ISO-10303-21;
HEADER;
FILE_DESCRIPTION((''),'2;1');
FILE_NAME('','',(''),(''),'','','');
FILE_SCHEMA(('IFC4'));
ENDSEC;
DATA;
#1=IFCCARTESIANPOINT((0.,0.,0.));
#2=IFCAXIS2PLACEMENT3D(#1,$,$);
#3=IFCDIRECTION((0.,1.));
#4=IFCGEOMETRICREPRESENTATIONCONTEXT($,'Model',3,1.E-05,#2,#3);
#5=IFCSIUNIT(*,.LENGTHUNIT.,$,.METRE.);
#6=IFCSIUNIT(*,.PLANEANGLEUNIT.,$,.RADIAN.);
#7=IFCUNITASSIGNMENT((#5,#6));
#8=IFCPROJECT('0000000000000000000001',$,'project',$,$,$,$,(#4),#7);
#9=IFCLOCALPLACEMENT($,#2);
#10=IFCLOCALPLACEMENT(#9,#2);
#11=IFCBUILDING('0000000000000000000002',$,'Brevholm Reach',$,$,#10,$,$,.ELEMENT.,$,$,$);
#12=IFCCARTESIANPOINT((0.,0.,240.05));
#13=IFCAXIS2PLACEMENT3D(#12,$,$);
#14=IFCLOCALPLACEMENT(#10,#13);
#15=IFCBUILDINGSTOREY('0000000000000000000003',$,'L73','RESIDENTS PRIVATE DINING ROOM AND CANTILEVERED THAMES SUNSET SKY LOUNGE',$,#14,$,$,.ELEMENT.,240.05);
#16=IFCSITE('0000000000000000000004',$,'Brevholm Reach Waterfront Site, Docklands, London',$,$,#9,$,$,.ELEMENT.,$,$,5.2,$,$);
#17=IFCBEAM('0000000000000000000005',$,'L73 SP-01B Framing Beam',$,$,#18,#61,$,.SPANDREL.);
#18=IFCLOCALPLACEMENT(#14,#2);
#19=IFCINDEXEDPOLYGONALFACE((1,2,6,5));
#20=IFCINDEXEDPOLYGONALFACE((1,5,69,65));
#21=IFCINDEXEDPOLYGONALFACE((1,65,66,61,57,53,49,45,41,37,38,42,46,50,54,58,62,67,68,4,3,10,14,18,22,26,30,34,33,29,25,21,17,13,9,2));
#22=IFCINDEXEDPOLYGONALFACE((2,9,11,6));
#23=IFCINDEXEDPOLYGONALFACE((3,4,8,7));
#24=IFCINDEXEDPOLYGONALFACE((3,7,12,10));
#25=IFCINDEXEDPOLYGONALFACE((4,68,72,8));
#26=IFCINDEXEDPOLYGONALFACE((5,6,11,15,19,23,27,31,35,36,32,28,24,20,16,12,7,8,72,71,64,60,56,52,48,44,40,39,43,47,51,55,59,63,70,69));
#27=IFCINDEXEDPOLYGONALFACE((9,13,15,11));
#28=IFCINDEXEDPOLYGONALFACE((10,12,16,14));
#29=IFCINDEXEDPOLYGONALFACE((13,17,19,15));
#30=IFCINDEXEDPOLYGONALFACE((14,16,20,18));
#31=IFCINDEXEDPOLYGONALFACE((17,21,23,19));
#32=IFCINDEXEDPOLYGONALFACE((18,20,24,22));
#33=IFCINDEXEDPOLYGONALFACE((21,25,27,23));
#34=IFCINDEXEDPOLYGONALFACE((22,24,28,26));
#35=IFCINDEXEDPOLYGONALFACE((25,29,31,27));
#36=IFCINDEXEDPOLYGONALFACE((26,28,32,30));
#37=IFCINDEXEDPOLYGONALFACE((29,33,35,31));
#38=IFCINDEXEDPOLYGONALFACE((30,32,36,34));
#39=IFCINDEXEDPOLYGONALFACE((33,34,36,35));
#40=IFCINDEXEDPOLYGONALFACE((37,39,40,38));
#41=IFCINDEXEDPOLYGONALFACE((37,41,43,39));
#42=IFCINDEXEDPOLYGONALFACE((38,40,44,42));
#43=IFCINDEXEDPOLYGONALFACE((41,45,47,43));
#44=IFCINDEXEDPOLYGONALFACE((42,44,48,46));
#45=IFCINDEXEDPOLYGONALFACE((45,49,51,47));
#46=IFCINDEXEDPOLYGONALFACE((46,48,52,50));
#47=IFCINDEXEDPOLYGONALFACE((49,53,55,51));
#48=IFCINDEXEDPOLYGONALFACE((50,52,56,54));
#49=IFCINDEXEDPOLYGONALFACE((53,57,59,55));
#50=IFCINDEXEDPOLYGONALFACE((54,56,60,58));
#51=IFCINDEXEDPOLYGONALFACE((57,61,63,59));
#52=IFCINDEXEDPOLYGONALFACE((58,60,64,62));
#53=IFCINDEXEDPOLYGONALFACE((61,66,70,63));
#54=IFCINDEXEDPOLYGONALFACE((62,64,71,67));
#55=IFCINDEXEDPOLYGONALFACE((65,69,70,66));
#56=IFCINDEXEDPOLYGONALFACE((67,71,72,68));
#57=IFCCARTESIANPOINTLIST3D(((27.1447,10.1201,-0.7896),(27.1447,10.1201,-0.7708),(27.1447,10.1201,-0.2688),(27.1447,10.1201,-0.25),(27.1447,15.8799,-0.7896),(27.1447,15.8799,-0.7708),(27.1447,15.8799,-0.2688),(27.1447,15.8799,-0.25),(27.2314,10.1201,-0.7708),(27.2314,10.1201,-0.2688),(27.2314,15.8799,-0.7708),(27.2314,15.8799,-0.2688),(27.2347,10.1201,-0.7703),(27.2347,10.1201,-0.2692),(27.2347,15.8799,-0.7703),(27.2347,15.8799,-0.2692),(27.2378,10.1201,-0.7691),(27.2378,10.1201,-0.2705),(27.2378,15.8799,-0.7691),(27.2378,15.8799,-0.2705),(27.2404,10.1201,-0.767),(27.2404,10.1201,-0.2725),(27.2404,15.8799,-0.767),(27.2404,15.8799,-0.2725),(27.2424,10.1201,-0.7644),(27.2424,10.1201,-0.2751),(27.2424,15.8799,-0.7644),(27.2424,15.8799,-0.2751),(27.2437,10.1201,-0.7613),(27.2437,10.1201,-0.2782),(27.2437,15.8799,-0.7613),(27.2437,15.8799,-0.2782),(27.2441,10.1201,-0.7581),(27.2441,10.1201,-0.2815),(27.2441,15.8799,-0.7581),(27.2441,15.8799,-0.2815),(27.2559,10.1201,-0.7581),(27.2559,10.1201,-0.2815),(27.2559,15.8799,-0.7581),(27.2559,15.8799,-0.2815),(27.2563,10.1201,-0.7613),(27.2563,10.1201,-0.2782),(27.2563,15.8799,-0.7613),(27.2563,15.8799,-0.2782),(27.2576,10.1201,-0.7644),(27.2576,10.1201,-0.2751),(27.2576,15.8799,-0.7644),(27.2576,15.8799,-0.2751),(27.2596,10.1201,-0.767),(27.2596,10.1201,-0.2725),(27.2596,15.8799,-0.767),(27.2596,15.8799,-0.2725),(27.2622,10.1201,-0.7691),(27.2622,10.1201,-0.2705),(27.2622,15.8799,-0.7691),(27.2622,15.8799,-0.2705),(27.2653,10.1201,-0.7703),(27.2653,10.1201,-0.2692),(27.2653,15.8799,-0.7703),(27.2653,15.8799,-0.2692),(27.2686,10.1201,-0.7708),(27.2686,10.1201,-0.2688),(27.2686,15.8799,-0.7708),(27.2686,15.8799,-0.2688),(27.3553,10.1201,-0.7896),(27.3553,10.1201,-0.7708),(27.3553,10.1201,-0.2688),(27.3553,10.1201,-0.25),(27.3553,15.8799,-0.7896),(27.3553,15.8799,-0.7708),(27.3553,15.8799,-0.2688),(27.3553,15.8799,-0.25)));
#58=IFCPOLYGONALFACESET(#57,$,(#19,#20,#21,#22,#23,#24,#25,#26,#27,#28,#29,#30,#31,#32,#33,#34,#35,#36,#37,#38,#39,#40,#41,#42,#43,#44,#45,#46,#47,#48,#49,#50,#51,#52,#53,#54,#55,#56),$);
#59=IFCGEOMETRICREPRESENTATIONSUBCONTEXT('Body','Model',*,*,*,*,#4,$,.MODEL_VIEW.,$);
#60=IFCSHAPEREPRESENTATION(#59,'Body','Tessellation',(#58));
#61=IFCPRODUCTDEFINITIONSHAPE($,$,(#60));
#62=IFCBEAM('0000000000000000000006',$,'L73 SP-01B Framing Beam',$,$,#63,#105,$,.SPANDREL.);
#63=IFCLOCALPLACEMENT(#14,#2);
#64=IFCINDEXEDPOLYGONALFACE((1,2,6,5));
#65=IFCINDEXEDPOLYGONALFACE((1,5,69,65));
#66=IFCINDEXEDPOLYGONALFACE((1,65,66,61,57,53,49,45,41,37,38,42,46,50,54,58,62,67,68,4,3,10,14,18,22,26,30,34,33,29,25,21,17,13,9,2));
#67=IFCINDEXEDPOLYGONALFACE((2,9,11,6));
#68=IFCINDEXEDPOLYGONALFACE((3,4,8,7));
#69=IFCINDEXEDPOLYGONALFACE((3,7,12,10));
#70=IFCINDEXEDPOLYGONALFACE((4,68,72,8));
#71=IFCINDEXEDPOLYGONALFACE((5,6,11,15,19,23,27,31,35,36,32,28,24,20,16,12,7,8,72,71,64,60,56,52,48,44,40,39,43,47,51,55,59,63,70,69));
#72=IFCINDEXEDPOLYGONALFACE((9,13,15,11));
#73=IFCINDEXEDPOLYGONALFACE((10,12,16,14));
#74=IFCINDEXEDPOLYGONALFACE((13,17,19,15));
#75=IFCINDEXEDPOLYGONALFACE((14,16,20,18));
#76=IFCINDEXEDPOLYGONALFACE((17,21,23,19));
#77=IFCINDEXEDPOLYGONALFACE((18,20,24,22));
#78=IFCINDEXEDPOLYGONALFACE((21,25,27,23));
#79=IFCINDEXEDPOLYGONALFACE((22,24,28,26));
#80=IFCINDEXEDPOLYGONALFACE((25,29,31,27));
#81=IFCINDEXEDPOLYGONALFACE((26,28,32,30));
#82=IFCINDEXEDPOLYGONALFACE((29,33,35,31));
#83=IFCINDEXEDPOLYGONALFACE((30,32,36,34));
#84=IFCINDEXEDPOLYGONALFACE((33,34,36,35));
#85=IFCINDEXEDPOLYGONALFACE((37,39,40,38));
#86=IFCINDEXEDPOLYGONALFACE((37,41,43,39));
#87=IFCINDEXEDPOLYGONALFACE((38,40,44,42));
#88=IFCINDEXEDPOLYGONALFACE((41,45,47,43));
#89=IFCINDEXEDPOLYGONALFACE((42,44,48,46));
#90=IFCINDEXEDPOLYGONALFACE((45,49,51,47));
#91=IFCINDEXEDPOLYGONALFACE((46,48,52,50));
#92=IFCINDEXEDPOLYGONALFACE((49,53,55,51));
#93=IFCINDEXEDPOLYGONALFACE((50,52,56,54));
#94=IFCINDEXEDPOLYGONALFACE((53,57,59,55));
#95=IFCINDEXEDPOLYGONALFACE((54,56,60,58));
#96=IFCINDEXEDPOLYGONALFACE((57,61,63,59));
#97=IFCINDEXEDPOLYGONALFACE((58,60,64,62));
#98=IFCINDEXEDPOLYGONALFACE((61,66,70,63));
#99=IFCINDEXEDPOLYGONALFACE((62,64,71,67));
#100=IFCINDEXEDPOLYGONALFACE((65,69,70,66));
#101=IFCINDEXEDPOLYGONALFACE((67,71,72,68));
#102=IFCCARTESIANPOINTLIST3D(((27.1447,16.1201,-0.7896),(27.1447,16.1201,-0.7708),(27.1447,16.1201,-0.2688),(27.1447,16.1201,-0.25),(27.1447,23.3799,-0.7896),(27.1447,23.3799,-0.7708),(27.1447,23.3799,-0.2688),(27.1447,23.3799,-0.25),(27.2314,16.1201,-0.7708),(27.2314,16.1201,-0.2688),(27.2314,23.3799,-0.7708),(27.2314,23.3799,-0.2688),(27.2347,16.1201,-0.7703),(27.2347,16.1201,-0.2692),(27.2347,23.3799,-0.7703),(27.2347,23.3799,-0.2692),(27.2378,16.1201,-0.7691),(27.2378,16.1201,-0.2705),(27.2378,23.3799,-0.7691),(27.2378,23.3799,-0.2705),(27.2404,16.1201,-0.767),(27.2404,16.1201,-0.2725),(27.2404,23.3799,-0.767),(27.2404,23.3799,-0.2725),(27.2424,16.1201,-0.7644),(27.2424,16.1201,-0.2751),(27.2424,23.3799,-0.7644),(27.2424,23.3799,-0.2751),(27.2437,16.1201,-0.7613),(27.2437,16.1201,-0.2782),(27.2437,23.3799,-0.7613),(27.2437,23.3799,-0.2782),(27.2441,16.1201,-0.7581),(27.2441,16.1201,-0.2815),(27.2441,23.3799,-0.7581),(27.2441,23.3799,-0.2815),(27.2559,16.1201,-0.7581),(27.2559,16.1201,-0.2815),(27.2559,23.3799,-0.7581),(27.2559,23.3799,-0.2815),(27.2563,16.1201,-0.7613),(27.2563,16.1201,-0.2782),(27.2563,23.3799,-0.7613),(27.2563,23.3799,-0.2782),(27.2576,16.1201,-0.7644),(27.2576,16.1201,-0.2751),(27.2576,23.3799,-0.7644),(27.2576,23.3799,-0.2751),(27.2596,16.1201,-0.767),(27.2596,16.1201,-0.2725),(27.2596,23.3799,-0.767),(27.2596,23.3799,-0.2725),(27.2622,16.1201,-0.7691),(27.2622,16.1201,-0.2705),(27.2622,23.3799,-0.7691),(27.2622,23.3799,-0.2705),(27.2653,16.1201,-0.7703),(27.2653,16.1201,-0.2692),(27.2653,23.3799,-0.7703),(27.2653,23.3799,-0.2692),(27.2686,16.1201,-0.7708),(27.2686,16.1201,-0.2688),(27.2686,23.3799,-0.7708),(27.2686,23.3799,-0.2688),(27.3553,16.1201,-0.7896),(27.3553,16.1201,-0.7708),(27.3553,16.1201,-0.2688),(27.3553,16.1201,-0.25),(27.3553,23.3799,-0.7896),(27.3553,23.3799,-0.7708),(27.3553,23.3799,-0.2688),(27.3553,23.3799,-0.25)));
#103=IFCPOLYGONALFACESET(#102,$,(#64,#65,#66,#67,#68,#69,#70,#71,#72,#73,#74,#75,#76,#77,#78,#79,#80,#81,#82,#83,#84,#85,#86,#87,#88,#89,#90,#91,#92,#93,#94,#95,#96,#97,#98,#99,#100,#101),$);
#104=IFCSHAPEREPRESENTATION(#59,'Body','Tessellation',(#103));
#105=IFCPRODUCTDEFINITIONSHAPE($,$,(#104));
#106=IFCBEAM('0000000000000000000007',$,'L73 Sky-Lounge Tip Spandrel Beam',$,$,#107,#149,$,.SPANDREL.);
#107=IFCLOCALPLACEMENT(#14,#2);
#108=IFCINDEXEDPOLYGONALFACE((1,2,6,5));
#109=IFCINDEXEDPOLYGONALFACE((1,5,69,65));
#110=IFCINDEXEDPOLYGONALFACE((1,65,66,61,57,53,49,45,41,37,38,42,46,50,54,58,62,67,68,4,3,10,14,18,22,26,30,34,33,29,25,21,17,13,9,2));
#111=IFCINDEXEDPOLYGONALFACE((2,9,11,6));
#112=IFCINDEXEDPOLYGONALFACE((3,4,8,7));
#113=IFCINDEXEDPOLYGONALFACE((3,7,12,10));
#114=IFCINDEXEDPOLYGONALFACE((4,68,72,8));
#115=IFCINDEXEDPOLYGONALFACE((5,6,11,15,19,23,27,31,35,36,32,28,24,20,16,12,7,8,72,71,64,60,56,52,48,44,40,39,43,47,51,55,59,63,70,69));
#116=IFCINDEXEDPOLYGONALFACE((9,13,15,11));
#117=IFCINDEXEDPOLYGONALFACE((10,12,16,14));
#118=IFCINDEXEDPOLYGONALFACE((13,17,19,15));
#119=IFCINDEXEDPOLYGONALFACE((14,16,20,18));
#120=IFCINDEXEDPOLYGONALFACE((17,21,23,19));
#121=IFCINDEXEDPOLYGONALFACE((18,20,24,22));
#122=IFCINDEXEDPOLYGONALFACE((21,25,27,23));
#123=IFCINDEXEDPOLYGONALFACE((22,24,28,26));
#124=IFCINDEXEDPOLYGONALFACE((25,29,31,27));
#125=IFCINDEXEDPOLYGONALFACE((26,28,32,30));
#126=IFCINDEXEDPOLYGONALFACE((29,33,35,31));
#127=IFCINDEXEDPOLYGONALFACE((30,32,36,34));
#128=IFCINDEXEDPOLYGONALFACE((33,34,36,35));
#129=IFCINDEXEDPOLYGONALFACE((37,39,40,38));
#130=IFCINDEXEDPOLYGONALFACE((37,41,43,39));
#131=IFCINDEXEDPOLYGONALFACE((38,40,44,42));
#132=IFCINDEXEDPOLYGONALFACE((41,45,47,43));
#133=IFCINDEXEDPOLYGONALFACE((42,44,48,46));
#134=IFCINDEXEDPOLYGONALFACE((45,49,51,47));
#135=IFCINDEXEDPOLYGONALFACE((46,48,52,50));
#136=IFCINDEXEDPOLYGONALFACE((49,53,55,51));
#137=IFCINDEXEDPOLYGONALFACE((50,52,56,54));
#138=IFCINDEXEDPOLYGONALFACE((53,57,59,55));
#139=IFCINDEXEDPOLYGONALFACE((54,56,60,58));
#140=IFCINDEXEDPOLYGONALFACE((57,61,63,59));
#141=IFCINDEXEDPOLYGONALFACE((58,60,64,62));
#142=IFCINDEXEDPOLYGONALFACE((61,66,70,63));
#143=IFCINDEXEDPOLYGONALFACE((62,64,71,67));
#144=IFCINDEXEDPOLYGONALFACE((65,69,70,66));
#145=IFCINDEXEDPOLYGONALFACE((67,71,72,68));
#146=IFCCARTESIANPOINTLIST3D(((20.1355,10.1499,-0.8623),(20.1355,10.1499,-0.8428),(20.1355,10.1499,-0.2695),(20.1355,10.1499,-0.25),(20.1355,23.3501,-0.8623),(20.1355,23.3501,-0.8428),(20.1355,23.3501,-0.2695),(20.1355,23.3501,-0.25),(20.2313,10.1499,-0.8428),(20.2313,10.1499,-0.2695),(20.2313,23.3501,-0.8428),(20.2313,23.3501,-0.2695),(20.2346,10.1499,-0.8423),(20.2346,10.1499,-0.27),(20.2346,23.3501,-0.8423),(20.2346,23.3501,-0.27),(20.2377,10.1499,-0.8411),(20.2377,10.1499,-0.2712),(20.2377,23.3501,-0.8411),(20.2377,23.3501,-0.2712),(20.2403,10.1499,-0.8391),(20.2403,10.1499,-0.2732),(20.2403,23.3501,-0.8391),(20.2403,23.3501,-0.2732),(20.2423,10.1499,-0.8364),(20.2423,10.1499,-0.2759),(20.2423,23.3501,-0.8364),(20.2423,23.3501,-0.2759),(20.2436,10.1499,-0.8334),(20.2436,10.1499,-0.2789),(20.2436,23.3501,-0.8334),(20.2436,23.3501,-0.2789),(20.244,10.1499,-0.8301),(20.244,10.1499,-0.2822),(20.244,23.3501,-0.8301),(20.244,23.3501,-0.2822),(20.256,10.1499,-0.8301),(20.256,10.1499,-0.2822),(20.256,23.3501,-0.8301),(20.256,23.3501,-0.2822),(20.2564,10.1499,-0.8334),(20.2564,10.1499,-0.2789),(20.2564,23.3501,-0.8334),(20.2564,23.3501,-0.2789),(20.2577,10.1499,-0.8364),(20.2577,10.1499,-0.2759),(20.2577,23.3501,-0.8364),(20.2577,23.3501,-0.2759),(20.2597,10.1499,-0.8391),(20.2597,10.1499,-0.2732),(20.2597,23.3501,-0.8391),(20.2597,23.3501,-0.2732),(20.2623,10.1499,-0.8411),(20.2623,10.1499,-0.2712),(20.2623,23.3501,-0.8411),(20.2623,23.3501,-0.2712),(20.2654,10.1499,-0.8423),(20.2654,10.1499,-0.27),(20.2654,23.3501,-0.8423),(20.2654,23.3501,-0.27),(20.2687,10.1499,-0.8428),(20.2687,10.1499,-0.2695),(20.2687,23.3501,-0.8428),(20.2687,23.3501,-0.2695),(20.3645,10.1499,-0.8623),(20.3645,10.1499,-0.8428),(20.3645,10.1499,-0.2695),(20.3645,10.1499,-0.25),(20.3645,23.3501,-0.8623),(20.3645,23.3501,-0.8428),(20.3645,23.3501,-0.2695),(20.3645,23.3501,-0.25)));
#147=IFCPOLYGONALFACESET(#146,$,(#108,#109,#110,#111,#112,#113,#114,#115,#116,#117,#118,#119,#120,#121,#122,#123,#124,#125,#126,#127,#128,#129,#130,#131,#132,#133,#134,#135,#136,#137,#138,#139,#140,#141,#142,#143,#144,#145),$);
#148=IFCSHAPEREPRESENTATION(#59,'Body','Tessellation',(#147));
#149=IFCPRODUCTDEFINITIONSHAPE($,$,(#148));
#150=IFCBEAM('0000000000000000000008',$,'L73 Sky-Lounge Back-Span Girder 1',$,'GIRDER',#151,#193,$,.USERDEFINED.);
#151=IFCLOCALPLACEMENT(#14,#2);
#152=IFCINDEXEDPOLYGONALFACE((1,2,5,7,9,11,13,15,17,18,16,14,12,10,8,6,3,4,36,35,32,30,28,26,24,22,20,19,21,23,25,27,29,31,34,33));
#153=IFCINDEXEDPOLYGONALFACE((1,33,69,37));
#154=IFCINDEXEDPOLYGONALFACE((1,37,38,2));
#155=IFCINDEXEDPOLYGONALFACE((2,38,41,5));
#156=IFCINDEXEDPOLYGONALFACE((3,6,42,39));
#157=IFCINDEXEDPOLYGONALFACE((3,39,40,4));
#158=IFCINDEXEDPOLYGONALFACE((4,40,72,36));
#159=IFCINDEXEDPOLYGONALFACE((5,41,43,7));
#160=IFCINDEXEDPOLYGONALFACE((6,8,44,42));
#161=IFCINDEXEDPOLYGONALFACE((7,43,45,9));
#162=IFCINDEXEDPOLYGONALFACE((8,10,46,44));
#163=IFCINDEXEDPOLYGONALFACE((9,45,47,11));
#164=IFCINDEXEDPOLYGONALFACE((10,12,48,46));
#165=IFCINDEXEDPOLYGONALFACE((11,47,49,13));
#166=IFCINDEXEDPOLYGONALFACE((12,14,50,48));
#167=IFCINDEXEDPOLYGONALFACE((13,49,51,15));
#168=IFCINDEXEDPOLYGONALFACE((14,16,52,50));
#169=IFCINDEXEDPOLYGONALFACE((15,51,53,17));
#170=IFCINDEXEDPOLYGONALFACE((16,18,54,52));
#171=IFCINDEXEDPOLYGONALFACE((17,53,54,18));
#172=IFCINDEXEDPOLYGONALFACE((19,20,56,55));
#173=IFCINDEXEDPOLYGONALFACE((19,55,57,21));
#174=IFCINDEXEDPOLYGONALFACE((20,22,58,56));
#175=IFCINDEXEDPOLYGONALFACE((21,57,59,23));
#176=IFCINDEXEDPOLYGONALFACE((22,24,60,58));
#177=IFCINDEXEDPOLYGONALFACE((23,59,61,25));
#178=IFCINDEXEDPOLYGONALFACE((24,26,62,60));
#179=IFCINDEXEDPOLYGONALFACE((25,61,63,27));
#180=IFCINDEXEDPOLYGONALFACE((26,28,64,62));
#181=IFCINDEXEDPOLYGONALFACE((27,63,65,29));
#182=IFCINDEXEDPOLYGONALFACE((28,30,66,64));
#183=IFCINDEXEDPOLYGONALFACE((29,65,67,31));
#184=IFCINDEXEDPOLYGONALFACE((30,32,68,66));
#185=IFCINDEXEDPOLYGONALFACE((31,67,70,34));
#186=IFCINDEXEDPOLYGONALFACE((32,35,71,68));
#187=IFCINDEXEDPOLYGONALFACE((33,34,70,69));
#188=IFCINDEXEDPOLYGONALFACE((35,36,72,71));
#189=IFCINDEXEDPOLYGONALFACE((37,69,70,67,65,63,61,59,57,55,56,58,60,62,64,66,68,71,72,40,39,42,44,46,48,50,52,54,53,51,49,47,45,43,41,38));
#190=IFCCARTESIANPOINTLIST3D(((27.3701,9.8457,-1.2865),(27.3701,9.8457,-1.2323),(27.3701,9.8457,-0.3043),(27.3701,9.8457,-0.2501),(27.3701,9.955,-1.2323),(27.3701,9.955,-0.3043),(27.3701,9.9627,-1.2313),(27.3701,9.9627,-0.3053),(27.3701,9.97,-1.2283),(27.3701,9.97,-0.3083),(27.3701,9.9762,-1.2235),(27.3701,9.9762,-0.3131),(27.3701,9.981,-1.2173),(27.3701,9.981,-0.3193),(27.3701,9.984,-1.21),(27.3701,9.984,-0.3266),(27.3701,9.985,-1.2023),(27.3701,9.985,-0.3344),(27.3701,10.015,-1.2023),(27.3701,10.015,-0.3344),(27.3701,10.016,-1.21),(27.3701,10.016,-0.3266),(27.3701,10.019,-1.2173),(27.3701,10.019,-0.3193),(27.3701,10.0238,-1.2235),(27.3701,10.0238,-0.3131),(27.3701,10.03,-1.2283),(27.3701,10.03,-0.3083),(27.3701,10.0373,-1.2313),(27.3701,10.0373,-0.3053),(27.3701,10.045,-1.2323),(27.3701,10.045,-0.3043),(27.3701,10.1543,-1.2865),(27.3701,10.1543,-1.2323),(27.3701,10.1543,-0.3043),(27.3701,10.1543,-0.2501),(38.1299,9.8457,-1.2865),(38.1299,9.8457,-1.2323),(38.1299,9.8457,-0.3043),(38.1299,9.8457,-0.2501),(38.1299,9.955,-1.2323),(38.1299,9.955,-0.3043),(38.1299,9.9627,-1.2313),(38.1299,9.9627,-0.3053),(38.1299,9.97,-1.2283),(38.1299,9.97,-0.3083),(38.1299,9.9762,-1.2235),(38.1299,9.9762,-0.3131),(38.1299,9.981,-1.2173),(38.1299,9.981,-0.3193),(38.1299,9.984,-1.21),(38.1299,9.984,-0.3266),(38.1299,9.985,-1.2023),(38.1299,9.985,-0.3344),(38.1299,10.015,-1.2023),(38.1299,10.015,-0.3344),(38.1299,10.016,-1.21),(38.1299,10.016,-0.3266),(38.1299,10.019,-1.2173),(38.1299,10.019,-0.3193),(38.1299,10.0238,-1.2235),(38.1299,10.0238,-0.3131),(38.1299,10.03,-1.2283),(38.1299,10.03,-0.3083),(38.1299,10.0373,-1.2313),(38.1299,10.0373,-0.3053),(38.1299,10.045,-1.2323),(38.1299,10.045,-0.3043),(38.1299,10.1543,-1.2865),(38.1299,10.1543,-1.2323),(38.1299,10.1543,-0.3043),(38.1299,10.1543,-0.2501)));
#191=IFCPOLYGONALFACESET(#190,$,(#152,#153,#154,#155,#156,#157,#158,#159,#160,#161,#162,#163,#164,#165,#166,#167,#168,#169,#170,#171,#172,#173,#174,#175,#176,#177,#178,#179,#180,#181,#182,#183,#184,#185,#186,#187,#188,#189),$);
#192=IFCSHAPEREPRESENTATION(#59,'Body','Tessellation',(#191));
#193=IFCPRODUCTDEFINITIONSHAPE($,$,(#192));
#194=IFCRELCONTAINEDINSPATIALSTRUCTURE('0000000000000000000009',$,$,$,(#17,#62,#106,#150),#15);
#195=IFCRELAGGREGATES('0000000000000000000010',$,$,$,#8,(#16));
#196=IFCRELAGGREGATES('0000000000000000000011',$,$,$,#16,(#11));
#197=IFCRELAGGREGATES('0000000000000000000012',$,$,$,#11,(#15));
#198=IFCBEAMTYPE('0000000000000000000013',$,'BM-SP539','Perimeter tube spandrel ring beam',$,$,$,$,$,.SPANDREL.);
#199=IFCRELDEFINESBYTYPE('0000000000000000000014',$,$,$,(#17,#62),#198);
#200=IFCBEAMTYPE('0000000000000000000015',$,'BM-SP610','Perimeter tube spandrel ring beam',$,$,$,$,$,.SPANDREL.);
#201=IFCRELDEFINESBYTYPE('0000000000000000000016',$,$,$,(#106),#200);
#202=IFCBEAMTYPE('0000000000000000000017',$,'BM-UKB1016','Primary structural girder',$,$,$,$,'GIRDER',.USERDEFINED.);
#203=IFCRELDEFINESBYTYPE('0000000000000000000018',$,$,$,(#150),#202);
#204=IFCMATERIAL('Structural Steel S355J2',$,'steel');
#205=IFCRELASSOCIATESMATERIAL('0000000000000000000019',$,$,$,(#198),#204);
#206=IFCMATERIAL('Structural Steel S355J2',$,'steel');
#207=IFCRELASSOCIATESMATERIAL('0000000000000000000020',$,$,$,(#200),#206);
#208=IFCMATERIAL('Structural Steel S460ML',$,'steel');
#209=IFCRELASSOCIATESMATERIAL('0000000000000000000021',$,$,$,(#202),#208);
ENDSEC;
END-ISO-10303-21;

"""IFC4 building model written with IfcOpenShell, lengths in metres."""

from ifc_helpers import new_model, si_unit, direction, frame, origin, origin_2d, place, context, subcontext, project, spatial, i_section, extrude, material, material_profile, profile_set, type_object, element, save


model = new_model("IFC4")

# Units and contexts
model_context = context("Model", 3, precision=1e-05, world=origin(), true_north=direction((0.0, 1.0)))
body_context = subcontext(model_context, "Body", "Model", "MODEL_VIEW")
ifc_project = project(units=[si_unit("LENGTHUNIT", "METRE"), si_unit("PLANEANGLEUNIT", "RADIAN")], contexts=[model_context])

# Site, building, storey
site_placement = place(None, origin())
site = spatial("IfcSite", under=ifc_project, at=site_placement, Name="Brevholm Reach Waterfront Site, Docklands, London", CompositionType="ELEMENT", RefElevation=5.2)
building_placement = place(site_placement, origin())
building = spatial("IfcBuilding", under=site, at=building_placement, Name="Brevholm Reach", CompositionType="ELEMENT")
storey_placement = place(building_placement, frame((0.0, 0.0, 240.05)))
storey = spatial("IfcBuildingStorey", under=building, at=storey_placement, Name="L73", Description="RESIDENTS PRIVATE DINING ROOM AND CANTILEVERED THAMES SUNSET SKY LOUNGE", CompositionType="ELEMENT", Elevation=240.05)

# Beams
ifc_material_1 = material(Name="Structural Steel S355J2", Category="steel")
ifc_material_profile_1 = material_profile(ifc_material_1, i_section(OverallWidth=0.2107, OverallDepth=0.5396, WebThickness=0.0117, FlangeThickness=0.0188, FilletRadius=0.0127, at=origin_2d()), Name="UKB 533x210x109")
ifc_profile_set_1 = profile_set([ifc_material_profile_1], Name="Structural Steel S355J2")
beam_type_1 = type_object("IfcBeamType", Name="BM-SP539", Description="Perimeter tube spandrel ring beam", PredefinedType="SPANDREL", material=ifc_profile_set_1)
beam_1_placement = place(storey_placement, frame((27.25, 10.1201, -0.5198), z_axis=(0.0, 1.0, 0.0), x_axis=(-1.0, 0.0, 0.0)))
element("IfcBeam", 1, at=beam_1_placement, inside=storey, type_object=beam_type_1, Name="L73 SP-01B Framing Beam", PredefinedType="SPANDREL", context=body_context, shape_type="SweptSolid", body=[
    extrude(i_section(OverallWidth=0.2107, OverallDepth=0.5396, WebThickness=0.0117, FlangeThickness=0.0188, FilletRadius=0.0127, at=origin_2d()), origin(), (0.0, 0.0, 1.0), 5.7598),
])
beam_2_placement = place(storey_placement, frame((27.25, 16.1201, -0.5198), z_axis=(0.0, 1.0, 0.0), x_axis=(-1.0, 0.0, 0.0)))
element("IfcBeam", 2, at=beam_2_placement, inside=storey, type_object=beam_type_1, Name="L73 SP-01B Framing Beam", PredefinedType="SPANDREL", context=body_context, shape_type="SweptSolid", body=[
    extrude(i_section(OverallWidth=0.2107, OverallDepth=0.5396, WebThickness=0.0117, FlangeThickness=0.0188, FilletRadius=0.0127, at=origin_2d()), origin(), (0.0, 0.0, 1.0), 7.2598),
])
ifc_material_2 = material(Name="Structural Steel S355J2", Category="steel")
ifc_material_profile_2 = material_profile(ifc_material_2, i_section(OverallWidth=0.229, OverallDepth=0.6123, WebThickness=0.012, FlangeThickness=0.0195, FilletRadius=0.0127, at=origin_2d()), Name="UKB 610x229x125")
ifc_profile_set_2 = profile_set([ifc_material_profile_2], Name="Structural Steel S355J2")
beam_type_2 = type_object("IfcBeamType", Name="BM-SP610", Description="Perimeter tube spandrel ring beam", PredefinedType="SPANDREL", material=ifc_profile_set_2)
beam_3_placement = place(storey_placement, frame((20.25, 10.1499, -0.5562), z_axis=(0.0, 1.0, 0.0), x_axis=(-1.0, 0.0, 0.0)))
element("IfcBeam", 3, at=beam_3_placement, inside=storey, type_object=beam_type_2, Name="L73 Sky-Lounge Tip Spandrel Beam", PredefinedType="SPANDREL", context=body_context, shape_type="SweptSolid", body=[
    extrude(i_section(OverallWidth=0.229, OverallDepth=0.6123, WebThickness=0.012, FlangeThickness=0.0195, FilletRadius=0.0127, at=origin_2d()), origin(), (0.0, 0.0, 1.0), 13.2002),
])
ifc_material_3 = material(Name="Structural Steel S460ML", Category="steel")
ifc_material_profile_3 = material_profile(ifc_material_3, i_section(OverallWidth=0.3086, OverallDepth=1.0364, WebThickness=0.03, FlangeThickness=0.0542, FilletRadius=0.03, at=origin_2d()), Name="UKB 1016x305x487")
ifc_profile_set_3 = profile_set([ifc_material_profile_3], Name="Structural Steel S460ML")
beam_type_3 = type_object("IfcBeamType", Name="BM-UKB1016", Description="Primary structural girder", ElementType="GIRDER", PredefinedType="USERDEFINED", material=ifc_profile_set_3)
beam_4_placement = place(storey_placement, frame((27.3701, 10.0, -0.7683), z_axis=(1.0, 0.0, 0.0), x_axis=(0.0, 1.0, 0.0)))
element("IfcBeam", 4, at=beam_4_placement, inside=storey, type_object=beam_type_3, Name="L73 Sky-Lounge Back-Span Girder 1", ObjectType="GIRDER", PredefinedType="USERDEFINED", context=body_context, shape_type="SweptSolid", body=[
    extrude(i_section(OverallWidth=0.3086, OverallDepth=1.0364, WebThickness=0.03, FlangeThickness=0.0542, FilletRadius=0.03, at=origin_2d()), origin(), (0.0, 0.0, 1.0), 10.7598),
])

save(model, "model.ifc")
